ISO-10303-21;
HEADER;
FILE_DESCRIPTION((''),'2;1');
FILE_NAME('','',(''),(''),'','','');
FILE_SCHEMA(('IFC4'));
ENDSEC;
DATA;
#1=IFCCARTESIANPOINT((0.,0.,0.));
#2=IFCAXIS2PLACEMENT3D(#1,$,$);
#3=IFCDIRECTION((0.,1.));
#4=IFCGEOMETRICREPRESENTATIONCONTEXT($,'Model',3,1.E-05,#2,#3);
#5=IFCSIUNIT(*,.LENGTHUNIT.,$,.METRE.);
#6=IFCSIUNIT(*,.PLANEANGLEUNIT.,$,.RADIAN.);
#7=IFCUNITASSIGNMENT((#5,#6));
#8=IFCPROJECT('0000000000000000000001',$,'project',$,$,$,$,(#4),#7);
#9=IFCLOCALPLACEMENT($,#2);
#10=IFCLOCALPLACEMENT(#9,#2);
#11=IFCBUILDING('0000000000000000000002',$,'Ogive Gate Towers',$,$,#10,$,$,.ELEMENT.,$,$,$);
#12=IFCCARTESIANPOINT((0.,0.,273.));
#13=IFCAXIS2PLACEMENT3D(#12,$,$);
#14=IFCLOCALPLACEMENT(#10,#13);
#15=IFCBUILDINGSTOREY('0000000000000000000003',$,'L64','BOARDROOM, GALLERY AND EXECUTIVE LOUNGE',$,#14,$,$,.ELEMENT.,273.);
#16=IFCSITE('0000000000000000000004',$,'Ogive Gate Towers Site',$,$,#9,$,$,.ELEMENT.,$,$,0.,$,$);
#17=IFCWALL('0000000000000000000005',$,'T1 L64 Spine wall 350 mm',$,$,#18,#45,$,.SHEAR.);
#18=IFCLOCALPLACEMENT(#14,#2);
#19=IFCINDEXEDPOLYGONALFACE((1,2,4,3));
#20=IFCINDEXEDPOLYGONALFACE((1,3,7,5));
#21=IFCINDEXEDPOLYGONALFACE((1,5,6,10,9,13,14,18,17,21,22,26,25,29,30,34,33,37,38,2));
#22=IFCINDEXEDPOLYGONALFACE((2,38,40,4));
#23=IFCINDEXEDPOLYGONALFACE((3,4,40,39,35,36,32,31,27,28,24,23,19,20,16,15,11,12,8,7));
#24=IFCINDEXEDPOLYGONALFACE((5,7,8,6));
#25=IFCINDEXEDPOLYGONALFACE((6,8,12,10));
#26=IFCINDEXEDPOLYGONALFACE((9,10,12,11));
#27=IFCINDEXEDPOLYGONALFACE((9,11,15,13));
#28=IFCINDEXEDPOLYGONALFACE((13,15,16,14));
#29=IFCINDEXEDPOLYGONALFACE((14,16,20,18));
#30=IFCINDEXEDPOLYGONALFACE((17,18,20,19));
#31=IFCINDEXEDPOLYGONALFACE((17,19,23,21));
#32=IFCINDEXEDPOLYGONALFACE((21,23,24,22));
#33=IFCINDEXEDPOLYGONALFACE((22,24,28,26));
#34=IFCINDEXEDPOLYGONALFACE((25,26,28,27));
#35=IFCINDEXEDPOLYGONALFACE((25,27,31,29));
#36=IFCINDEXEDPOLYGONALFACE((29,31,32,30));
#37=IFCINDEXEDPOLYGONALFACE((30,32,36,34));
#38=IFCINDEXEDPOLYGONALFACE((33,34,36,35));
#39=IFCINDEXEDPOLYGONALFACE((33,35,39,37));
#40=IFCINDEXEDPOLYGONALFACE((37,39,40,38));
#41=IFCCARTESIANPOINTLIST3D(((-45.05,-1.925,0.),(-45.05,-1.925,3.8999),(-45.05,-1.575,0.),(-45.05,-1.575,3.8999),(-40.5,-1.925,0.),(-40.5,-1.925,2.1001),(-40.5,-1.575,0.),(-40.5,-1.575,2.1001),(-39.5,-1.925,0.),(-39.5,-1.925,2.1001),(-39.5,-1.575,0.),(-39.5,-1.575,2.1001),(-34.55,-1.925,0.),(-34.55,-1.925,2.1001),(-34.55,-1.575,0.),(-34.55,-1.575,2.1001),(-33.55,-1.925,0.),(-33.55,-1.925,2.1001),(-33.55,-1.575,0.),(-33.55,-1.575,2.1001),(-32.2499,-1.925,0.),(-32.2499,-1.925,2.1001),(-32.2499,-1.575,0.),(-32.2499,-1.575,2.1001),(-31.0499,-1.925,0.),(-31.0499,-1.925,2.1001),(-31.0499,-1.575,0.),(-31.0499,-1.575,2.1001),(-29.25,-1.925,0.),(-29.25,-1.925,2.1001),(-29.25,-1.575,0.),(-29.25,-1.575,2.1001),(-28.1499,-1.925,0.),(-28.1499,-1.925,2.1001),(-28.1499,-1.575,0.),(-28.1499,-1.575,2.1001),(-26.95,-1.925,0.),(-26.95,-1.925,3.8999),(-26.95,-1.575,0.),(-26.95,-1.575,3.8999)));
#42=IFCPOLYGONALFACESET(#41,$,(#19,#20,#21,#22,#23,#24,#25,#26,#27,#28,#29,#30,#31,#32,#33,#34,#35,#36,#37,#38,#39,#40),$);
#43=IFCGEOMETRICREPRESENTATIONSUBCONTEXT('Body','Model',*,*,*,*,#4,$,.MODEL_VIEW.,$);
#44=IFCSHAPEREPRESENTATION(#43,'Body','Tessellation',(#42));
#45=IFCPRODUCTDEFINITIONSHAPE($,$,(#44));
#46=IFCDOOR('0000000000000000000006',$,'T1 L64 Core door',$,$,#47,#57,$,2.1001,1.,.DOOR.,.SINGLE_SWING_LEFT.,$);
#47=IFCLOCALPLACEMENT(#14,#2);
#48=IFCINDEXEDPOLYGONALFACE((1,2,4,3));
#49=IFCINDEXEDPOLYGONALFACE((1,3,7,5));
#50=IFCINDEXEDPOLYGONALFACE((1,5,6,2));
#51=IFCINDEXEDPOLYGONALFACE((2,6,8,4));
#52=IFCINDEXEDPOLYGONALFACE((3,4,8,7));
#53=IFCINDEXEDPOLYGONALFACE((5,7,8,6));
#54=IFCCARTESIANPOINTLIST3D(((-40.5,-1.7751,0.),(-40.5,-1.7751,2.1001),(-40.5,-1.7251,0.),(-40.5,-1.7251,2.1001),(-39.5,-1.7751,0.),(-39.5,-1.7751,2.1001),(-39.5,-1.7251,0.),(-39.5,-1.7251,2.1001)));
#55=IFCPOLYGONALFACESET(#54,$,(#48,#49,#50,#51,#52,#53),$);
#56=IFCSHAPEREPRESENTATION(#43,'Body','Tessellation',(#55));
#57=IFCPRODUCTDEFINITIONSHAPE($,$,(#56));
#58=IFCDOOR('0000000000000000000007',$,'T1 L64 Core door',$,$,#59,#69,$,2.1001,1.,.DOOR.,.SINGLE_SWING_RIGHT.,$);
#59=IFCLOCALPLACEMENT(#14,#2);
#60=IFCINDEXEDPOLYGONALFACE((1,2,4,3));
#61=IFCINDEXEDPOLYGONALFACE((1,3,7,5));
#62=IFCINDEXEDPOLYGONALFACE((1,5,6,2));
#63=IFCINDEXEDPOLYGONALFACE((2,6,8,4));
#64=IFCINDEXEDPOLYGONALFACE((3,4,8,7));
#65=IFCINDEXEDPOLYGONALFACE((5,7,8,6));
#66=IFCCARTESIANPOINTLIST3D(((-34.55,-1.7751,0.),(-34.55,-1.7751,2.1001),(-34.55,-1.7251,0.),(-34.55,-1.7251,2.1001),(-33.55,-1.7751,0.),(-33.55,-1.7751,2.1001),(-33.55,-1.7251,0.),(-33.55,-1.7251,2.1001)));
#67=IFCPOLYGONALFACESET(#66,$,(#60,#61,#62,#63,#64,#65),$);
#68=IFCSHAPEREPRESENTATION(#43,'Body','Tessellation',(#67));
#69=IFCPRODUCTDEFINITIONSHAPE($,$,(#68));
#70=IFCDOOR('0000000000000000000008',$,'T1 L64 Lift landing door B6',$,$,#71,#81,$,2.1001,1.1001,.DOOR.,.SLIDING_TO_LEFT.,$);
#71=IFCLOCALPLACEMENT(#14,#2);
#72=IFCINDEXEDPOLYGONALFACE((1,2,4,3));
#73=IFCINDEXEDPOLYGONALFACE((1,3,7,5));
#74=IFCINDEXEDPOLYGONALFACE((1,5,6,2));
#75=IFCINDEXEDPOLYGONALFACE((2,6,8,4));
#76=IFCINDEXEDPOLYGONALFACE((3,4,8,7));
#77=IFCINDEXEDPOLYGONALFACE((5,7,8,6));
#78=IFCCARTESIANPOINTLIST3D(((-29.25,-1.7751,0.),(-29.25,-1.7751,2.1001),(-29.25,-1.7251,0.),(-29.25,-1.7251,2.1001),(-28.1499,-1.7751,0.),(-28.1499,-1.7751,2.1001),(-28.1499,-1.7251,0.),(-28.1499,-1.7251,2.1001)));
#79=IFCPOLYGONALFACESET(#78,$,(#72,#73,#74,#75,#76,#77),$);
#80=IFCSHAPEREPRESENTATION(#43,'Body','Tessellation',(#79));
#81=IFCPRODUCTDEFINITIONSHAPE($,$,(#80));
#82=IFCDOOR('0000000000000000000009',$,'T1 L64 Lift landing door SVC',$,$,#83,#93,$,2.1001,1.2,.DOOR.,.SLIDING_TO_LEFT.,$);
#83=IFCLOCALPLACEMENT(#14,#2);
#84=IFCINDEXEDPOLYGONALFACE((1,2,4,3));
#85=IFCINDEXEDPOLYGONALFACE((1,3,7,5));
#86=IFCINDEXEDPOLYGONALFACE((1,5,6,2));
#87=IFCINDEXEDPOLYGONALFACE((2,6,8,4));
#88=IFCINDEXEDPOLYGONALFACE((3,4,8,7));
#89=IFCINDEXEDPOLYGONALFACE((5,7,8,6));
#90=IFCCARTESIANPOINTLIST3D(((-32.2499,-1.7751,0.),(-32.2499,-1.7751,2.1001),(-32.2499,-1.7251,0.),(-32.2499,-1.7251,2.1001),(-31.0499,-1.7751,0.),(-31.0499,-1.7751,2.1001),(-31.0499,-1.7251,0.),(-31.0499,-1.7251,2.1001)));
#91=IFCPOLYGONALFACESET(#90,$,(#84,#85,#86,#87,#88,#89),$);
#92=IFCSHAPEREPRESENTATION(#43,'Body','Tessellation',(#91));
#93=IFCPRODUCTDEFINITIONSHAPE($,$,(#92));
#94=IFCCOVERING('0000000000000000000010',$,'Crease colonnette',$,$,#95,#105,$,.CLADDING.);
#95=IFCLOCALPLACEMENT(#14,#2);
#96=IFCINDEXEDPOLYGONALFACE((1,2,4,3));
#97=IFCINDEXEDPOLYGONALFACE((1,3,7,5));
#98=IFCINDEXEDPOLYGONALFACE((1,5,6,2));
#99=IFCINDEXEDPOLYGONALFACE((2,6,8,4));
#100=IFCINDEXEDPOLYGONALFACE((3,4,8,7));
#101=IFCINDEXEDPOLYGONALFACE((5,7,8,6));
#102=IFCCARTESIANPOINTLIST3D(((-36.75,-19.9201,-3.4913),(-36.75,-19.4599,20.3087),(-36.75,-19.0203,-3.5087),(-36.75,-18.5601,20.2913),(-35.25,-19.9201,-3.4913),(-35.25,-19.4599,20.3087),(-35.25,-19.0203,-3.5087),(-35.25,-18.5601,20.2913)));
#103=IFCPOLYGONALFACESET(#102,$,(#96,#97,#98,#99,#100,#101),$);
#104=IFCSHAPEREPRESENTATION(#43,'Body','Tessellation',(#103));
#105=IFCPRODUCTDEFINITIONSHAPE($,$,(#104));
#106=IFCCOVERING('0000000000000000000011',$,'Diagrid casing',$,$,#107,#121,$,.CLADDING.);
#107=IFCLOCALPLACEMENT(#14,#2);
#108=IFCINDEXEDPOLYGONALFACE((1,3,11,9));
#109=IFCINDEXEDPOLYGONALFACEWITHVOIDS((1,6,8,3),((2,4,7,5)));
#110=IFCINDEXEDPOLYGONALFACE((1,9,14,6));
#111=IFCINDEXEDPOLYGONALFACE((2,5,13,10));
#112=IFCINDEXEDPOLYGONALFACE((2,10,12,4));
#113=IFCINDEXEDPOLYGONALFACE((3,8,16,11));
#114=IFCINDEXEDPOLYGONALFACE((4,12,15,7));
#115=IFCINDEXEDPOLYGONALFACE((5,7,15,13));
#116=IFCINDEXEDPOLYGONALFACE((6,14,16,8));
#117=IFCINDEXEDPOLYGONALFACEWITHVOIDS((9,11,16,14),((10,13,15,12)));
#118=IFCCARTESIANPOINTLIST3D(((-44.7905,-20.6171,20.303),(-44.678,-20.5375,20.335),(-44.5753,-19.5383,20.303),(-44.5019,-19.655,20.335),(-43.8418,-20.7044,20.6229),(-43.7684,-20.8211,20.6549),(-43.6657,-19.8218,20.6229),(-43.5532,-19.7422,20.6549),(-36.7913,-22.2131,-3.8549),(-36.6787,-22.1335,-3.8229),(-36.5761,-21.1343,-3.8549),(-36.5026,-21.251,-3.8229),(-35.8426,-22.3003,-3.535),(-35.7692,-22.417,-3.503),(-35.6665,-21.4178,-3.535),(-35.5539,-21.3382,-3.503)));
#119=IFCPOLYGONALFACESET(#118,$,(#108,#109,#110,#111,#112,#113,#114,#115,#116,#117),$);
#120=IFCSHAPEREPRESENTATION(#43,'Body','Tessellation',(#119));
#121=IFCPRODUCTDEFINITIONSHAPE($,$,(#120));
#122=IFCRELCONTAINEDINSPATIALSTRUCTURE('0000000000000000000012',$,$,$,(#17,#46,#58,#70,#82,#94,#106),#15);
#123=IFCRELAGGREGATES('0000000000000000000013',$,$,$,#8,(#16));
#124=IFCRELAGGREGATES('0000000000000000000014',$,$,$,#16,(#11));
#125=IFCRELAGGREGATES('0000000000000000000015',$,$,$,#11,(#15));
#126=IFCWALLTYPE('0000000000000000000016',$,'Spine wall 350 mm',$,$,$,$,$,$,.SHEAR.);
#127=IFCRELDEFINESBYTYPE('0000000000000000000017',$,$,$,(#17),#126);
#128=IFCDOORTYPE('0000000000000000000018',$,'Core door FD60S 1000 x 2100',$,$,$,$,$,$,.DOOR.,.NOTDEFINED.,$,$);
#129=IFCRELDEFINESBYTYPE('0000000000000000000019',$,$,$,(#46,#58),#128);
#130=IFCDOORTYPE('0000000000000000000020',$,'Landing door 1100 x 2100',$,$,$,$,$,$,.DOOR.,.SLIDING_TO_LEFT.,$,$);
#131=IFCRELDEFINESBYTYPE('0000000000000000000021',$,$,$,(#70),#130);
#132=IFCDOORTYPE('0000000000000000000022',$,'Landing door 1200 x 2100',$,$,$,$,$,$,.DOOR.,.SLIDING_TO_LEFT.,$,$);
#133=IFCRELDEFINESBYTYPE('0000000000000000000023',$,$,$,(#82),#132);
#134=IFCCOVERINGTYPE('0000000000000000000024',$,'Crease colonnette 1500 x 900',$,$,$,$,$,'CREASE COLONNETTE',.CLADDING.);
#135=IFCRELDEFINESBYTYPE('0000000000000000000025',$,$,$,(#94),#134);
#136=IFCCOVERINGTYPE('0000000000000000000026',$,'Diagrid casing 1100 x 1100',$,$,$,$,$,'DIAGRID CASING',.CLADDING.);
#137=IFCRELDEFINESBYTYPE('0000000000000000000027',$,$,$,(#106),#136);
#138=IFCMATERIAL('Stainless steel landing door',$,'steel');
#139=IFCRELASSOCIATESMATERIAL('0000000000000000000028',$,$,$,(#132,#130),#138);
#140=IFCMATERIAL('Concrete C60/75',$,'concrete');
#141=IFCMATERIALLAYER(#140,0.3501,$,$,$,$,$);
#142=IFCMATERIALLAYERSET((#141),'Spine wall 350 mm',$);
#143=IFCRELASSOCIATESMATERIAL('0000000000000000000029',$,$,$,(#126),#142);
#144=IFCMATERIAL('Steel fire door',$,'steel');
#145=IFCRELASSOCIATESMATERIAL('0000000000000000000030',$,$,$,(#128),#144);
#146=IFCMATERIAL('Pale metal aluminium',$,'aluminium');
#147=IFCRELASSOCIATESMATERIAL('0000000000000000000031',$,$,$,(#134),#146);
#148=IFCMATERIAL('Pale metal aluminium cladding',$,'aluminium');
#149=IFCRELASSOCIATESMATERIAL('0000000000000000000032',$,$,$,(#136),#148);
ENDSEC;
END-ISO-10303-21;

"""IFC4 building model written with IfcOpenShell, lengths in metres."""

from ifc_helpers import new_model, si_unit, direction, frame, frame_2d, origin, origin_2d, place, context, subcontext, project, spatial, rectangle, hollow_rectangle, extrude, material, layer, layer_set, material_profile, profile_set, type_object, element, fill, save


model = new_model("IFC4")

# Units and contexts
model_context = context("Model", 3, precision=1e-05, world=origin(), true_north=direction((0.0, 1.0)))
body_context = subcontext(model_context, "Body", "Model", "MODEL_VIEW")
ifc_project = project(units=[si_unit("LENGTHUNIT", "METRE"), si_unit("PLANEANGLEUNIT", "RADIAN")], contexts=[model_context])

# Site, building, storey
site_placement = place(None, origin())
site = spatial("IfcSite", under=ifc_project, at=site_placement, Name="Ogive Gate Towers Site", CompositionType="ELEMENT", RefElevation=0.0)
building_placement = place(site_placement, origin())
building = spatial("IfcBuilding", under=site, at=building_placement, Name="Ogive Gate Towers", CompositionType="ELEMENT")
storey_placement = place(building_placement, frame((0.0, 0.0, 273.0)))
storey = spatial("IfcBuildingStorey", under=building, at=storey_placement, Name="L64", Description="BOARDROOM, GALLERY AND EXECUTIVE LOUNGE", CompositionType="ELEMENT", Elevation=273.0)

# Shared definitions
ifc_material_1 = material(Name="Concrete C60/75", Category="concrete")
ifc_material_2 = material(Name="Steel fire door", Category="steel")

# Shared definitions
ifc_material_3 = material(Name="Stainless steel landing door", Category="steel")
door_type_1 = type_object("IfcDoorType", Name="Landing door 1200 x 2100", OperationType="SLIDING_TO_LEFT", PredefinedType="DOOR", material=ifc_material_3)

# Wall, openings, doors
ifc_layer_1 = layer(ifc_material_1, 0.3501)
ifc_layer_set_1 = layer_set([ifc_layer_1], Name="Spine wall 350 mm")
wall_type_1 = type_object("IfcWallType", Name="Spine wall 350 mm", PredefinedType="SHEAR", material=ifc_layer_set_1)
wall_1_placement = place(storey_placement, frame((-45.05, -1.75, 0.0), z_axis=(0.0, 0.0, 1.0), x_axis=(1.0, 0.0, 0.0)))
wall_1 = element("IfcWall", 1, at=wall_1_placement, inside=storey, type_object=wall_type_1, Name="T1 L64 Spine wall 350 mm", PredefinedType="SHEAR", context=body_context, shape_type="SweptSolid", body=[
    extrude(rectangle(XDim=18.1001, YDim=0.3501, at=frame_2d((9.05, 0.0))), origin(), (0.0, 0.0, 1.0), 3.8999),
])
opening_1_placement = place(wall_1_placement, frame((12.8, 0.0, 0.0)))
opening_1 = element("IfcOpeningElement", 2, at=opening_1_placement, cuts=wall_1, PredefinedType="OPENING", context=body_context, shape_type="SweptSolid", body=[
    extrude(rectangle(XDim=1.2, YDim=2.1001, at=frame_2d((0.6001, 1.05))), frame((0.0, 0.1851, 0.0), z_axis=(0.0, -1.0, 0.0), x_axis=(1.0, 0.0, 0.0)), (0.0, 0.0, 1.0), 0.3701),
])
opening_2_placement = place(wall_1_placement, frame((15.8, 0.0, 0.0)))
opening_2 = element("IfcOpeningElement", 3, at=opening_2_placement, cuts=wall_1, PredefinedType="OPENING", context=body_context, shape_type="SweptSolid", body=[
    extrude(rectangle(XDim=1.1001, YDim=2.1001, at=frame_2d((0.55, 1.05))), frame((0.0, 0.1851, 0.0), z_axis=(0.0, -1.0, 0.0), x_axis=(1.0, 0.0, 0.0)), (0.0, 0.0, 1.0), 0.3701),
])
opening_3_placement = place(wall_1_placement, frame((4.55, 0.0, 0.0)))
opening_3 = element("IfcOpeningElement", 4, at=opening_3_placement, cuts=wall_1, PredefinedType="OPENING", context=body_context, shape_type="SweptSolid", body=[
    extrude(rectangle(XDim=1.0, YDim=2.1001, at=frame_2d((0.5, 1.05))), frame((0.0, 0.1851, 0.0), z_axis=(0.0, -1.0, 0.0), x_axis=(1.0, 0.0, 0.0)), (0.0, 0.0, 1.0), 0.3701),
])
opening_4_placement = place(wall_1_placement, frame((10.5, 0.0, 0.0)))
opening_4 = element("IfcOpeningElement", 5, at=opening_4_placement, cuts=wall_1, PredefinedType="OPENING", context=body_context, shape_type="SweptSolid", body=[
    extrude(rectangle(XDim=1.0, YDim=2.1001, at=frame_2d((0.5, 1.05))), frame((0.0, 0.1851, 0.0), z_axis=(0.0, -1.0, 0.0), x_axis=(1.0, 0.0, 0.0)), (0.0, 0.0, 1.0), 0.3701),
])
door_type_2 = type_object("IfcDoorType", Name="Core door FD60S 1000 x 2100", OperationType="NOTDEFINED", PredefinedType="DOOR", material=ifc_material_2)
door_1_placement = place(opening_3_placement, origin())
door_1 = element("IfcDoor", 6, at=door_1_placement, inside=storey, type_object=door_type_2, Name="T1 L64 Core door", OperationType="SINGLE_SWING_LEFT", OverallHeight=2.1001, OverallWidth=1.0, PredefinedType="DOOR", context=body_context, shape_type="SweptSolid", body=[
    extrude(rectangle(XDim=1.0, YDim=2.1001, at=frame_2d((0.5, 1.05))), frame((0.0, 0.0249, 0.0), z_axis=(0.0, -1.0, 0.0), x_axis=(1.0, 0.0, 0.0)), (0.0, 0.0, 1.0), 0.05),
])
fill(opening_3, door_1)
door_2_placement = place(opening_4_placement, origin())
door_2 = element("IfcDoor", 7, at=door_2_placement, inside=storey, type_object=door_type_2, Name="T1 L64 Core door", OperationType="SINGLE_SWING_RIGHT", OverallHeight=2.1001, OverallWidth=1.0, PredefinedType="DOOR", context=body_context, shape_type="SweptSolid", body=[
    extrude(rectangle(XDim=1.0, YDim=2.1001, at=frame_2d((0.5, 1.05))), frame((0.0, 0.0249, 0.0), z_axis=(0.0, -1.0, 0.0), x_axis=(1.0, 0.0, 0.0)), (0.0, 0.0, 1.0), 0.05),
])
fill(opening_4, door_2)
door_type_3 = type_object("IfcDoorType", Name="Landing door 1100 x 2100", OperationType="SLIDING_TO_LEFT", PredefinedType="DOOR", material=ifc_material_3)
door_3_placement = place(opening_2_placement, origin())
door_3 = element("IfcDoor", 8, at=door_3_placement, inside=storey, type_object=door_type_3, Name="T1 L64 Lift landing door B6", OperationType="SLIDING_TO_LEFT", OverallHeight=2.1001, OverallWidth=1.1001, PredefinedType="DOOR", context=body_context, shape_type="SweptSolid", body=[
    extrude(rectangle(XDim=1.1001, YDim=2.1001, at=frame_2d((0.55, 1.05))), frame((0.0, 0.0249, 0.0), z_axis=(0.0, -1.0, 0.0), x_axis=(1.0, 0.0, 0.0)), (0.0, 0.0, 1.0), 0.05),
])
fill(opening_2, door_3)
door_4_placement = place(opening_1_placement, origin())
door_4 = element("IfcDoor", 9, at=door_4_placement, inside=storey, type_object=door_type_1, Name="T1 L64 Lift landing door SVC", OperationType="SLIDING_TO_LEFT", OverallHeight=2.1001, OverallWidth=1.2, PredefinedType="DOOR", context=body_context, shape_type="SweptSolid", body=[
    extrude(rectangle(XDim=1.2, YDim=2.1001, at=frame_2d((0.6001, 1.05))), frame((0.0, 0.0249, 0.0), z_axis=(0.0, -1.0, 0.0), x_axis=(1.0, 0.0, 0.0)), (0.0, 0.0, 1.0), 0.05),
])
fill(opening_1, door_4)

# Coverings
ifc_material_4 = material(Name="Pale metal aluminium", Category="aluminium")
ifc_material_profile_1 = material_profile(ifc_material_4, rectangle(XDim=1.5, YDim=0.8999, at=origin_2d()), Name="1500 x 900 pale metal aluminium")
ifc_profile_set_1 = profile_set([ifc_material_profile_1], Name="Pale metal aluminium")
covering_type_1 = type_object("IfcCoveringType", Name="Crease colonnette 1500 x 900", ElementType="CREASE COLONNETTE", PredefinedType="CLADDING", material=ifc_profile_set_1)
covering_1_placement = place(storey_placement, frame((-36.0, -19.4702, -3.5), z_axis=(0.0, 0.019333, 0.999813), x_axis=(-1.0, 0.0, 0.0)))
element("IfcCovering", 10, at=covering_1_placement, inside=storey, type_object=covering_type_1, Name="Crease colonnette", PredefinedType="CLADDING", context=body_context, shape_type="SweptSolid", body=[
    extrude(rectangle(XDim=1.5, YDim=0.8999, at=origin_2d()), origin(), (0.0, 0.0, 1.0), 23.8044),
])
ifc_material_5 = material(Name="Pale metal aluminium cladding", Category="aluminium")
ifc_material_profile_2 = material_profile(ifc_material_5, hollow_rectangle(XDim=1.1001, YDim=1.1001, WallThickness=0.1001, at=origin_2d()), Name="1100 x 1100 pale metal casing")
ifc_profile_set_2 = profile_set([ifc_material_profile_2], Name="Pale metal aluminium cladding")
covering_type_2 = type_object("IfcCoveringType", Name="Diagrid casing 1100 x 1100", ElementType="DIAGRID CASING", PredefinedType="CLADDING", material=ifc_profile_set_2)
covering_2_placement = place(storey_placement, frame((-36.1726, -21.7756, -3.679), z_axis=(-0.313723, 0.062591, 0.947449), x_axis=(-0.195656, -0.980673, 0.0)))
element("IfcCovering", 11, at=covering_2_placement, inside=storey, type_object=covering_type_2, Name="Diagrid casing", PredefinedType="CLADDING", context=body_context, shape_type="SweptSolid", body=[
    extrude(hollow_rectangle(XDim=1.1001, YDim=1.1001, WallThickness=0.1001, at=origin_2d()), origin(), (0.0, 0.0, 1.0), 25.4978),
])

save(model, "model.ifc")
